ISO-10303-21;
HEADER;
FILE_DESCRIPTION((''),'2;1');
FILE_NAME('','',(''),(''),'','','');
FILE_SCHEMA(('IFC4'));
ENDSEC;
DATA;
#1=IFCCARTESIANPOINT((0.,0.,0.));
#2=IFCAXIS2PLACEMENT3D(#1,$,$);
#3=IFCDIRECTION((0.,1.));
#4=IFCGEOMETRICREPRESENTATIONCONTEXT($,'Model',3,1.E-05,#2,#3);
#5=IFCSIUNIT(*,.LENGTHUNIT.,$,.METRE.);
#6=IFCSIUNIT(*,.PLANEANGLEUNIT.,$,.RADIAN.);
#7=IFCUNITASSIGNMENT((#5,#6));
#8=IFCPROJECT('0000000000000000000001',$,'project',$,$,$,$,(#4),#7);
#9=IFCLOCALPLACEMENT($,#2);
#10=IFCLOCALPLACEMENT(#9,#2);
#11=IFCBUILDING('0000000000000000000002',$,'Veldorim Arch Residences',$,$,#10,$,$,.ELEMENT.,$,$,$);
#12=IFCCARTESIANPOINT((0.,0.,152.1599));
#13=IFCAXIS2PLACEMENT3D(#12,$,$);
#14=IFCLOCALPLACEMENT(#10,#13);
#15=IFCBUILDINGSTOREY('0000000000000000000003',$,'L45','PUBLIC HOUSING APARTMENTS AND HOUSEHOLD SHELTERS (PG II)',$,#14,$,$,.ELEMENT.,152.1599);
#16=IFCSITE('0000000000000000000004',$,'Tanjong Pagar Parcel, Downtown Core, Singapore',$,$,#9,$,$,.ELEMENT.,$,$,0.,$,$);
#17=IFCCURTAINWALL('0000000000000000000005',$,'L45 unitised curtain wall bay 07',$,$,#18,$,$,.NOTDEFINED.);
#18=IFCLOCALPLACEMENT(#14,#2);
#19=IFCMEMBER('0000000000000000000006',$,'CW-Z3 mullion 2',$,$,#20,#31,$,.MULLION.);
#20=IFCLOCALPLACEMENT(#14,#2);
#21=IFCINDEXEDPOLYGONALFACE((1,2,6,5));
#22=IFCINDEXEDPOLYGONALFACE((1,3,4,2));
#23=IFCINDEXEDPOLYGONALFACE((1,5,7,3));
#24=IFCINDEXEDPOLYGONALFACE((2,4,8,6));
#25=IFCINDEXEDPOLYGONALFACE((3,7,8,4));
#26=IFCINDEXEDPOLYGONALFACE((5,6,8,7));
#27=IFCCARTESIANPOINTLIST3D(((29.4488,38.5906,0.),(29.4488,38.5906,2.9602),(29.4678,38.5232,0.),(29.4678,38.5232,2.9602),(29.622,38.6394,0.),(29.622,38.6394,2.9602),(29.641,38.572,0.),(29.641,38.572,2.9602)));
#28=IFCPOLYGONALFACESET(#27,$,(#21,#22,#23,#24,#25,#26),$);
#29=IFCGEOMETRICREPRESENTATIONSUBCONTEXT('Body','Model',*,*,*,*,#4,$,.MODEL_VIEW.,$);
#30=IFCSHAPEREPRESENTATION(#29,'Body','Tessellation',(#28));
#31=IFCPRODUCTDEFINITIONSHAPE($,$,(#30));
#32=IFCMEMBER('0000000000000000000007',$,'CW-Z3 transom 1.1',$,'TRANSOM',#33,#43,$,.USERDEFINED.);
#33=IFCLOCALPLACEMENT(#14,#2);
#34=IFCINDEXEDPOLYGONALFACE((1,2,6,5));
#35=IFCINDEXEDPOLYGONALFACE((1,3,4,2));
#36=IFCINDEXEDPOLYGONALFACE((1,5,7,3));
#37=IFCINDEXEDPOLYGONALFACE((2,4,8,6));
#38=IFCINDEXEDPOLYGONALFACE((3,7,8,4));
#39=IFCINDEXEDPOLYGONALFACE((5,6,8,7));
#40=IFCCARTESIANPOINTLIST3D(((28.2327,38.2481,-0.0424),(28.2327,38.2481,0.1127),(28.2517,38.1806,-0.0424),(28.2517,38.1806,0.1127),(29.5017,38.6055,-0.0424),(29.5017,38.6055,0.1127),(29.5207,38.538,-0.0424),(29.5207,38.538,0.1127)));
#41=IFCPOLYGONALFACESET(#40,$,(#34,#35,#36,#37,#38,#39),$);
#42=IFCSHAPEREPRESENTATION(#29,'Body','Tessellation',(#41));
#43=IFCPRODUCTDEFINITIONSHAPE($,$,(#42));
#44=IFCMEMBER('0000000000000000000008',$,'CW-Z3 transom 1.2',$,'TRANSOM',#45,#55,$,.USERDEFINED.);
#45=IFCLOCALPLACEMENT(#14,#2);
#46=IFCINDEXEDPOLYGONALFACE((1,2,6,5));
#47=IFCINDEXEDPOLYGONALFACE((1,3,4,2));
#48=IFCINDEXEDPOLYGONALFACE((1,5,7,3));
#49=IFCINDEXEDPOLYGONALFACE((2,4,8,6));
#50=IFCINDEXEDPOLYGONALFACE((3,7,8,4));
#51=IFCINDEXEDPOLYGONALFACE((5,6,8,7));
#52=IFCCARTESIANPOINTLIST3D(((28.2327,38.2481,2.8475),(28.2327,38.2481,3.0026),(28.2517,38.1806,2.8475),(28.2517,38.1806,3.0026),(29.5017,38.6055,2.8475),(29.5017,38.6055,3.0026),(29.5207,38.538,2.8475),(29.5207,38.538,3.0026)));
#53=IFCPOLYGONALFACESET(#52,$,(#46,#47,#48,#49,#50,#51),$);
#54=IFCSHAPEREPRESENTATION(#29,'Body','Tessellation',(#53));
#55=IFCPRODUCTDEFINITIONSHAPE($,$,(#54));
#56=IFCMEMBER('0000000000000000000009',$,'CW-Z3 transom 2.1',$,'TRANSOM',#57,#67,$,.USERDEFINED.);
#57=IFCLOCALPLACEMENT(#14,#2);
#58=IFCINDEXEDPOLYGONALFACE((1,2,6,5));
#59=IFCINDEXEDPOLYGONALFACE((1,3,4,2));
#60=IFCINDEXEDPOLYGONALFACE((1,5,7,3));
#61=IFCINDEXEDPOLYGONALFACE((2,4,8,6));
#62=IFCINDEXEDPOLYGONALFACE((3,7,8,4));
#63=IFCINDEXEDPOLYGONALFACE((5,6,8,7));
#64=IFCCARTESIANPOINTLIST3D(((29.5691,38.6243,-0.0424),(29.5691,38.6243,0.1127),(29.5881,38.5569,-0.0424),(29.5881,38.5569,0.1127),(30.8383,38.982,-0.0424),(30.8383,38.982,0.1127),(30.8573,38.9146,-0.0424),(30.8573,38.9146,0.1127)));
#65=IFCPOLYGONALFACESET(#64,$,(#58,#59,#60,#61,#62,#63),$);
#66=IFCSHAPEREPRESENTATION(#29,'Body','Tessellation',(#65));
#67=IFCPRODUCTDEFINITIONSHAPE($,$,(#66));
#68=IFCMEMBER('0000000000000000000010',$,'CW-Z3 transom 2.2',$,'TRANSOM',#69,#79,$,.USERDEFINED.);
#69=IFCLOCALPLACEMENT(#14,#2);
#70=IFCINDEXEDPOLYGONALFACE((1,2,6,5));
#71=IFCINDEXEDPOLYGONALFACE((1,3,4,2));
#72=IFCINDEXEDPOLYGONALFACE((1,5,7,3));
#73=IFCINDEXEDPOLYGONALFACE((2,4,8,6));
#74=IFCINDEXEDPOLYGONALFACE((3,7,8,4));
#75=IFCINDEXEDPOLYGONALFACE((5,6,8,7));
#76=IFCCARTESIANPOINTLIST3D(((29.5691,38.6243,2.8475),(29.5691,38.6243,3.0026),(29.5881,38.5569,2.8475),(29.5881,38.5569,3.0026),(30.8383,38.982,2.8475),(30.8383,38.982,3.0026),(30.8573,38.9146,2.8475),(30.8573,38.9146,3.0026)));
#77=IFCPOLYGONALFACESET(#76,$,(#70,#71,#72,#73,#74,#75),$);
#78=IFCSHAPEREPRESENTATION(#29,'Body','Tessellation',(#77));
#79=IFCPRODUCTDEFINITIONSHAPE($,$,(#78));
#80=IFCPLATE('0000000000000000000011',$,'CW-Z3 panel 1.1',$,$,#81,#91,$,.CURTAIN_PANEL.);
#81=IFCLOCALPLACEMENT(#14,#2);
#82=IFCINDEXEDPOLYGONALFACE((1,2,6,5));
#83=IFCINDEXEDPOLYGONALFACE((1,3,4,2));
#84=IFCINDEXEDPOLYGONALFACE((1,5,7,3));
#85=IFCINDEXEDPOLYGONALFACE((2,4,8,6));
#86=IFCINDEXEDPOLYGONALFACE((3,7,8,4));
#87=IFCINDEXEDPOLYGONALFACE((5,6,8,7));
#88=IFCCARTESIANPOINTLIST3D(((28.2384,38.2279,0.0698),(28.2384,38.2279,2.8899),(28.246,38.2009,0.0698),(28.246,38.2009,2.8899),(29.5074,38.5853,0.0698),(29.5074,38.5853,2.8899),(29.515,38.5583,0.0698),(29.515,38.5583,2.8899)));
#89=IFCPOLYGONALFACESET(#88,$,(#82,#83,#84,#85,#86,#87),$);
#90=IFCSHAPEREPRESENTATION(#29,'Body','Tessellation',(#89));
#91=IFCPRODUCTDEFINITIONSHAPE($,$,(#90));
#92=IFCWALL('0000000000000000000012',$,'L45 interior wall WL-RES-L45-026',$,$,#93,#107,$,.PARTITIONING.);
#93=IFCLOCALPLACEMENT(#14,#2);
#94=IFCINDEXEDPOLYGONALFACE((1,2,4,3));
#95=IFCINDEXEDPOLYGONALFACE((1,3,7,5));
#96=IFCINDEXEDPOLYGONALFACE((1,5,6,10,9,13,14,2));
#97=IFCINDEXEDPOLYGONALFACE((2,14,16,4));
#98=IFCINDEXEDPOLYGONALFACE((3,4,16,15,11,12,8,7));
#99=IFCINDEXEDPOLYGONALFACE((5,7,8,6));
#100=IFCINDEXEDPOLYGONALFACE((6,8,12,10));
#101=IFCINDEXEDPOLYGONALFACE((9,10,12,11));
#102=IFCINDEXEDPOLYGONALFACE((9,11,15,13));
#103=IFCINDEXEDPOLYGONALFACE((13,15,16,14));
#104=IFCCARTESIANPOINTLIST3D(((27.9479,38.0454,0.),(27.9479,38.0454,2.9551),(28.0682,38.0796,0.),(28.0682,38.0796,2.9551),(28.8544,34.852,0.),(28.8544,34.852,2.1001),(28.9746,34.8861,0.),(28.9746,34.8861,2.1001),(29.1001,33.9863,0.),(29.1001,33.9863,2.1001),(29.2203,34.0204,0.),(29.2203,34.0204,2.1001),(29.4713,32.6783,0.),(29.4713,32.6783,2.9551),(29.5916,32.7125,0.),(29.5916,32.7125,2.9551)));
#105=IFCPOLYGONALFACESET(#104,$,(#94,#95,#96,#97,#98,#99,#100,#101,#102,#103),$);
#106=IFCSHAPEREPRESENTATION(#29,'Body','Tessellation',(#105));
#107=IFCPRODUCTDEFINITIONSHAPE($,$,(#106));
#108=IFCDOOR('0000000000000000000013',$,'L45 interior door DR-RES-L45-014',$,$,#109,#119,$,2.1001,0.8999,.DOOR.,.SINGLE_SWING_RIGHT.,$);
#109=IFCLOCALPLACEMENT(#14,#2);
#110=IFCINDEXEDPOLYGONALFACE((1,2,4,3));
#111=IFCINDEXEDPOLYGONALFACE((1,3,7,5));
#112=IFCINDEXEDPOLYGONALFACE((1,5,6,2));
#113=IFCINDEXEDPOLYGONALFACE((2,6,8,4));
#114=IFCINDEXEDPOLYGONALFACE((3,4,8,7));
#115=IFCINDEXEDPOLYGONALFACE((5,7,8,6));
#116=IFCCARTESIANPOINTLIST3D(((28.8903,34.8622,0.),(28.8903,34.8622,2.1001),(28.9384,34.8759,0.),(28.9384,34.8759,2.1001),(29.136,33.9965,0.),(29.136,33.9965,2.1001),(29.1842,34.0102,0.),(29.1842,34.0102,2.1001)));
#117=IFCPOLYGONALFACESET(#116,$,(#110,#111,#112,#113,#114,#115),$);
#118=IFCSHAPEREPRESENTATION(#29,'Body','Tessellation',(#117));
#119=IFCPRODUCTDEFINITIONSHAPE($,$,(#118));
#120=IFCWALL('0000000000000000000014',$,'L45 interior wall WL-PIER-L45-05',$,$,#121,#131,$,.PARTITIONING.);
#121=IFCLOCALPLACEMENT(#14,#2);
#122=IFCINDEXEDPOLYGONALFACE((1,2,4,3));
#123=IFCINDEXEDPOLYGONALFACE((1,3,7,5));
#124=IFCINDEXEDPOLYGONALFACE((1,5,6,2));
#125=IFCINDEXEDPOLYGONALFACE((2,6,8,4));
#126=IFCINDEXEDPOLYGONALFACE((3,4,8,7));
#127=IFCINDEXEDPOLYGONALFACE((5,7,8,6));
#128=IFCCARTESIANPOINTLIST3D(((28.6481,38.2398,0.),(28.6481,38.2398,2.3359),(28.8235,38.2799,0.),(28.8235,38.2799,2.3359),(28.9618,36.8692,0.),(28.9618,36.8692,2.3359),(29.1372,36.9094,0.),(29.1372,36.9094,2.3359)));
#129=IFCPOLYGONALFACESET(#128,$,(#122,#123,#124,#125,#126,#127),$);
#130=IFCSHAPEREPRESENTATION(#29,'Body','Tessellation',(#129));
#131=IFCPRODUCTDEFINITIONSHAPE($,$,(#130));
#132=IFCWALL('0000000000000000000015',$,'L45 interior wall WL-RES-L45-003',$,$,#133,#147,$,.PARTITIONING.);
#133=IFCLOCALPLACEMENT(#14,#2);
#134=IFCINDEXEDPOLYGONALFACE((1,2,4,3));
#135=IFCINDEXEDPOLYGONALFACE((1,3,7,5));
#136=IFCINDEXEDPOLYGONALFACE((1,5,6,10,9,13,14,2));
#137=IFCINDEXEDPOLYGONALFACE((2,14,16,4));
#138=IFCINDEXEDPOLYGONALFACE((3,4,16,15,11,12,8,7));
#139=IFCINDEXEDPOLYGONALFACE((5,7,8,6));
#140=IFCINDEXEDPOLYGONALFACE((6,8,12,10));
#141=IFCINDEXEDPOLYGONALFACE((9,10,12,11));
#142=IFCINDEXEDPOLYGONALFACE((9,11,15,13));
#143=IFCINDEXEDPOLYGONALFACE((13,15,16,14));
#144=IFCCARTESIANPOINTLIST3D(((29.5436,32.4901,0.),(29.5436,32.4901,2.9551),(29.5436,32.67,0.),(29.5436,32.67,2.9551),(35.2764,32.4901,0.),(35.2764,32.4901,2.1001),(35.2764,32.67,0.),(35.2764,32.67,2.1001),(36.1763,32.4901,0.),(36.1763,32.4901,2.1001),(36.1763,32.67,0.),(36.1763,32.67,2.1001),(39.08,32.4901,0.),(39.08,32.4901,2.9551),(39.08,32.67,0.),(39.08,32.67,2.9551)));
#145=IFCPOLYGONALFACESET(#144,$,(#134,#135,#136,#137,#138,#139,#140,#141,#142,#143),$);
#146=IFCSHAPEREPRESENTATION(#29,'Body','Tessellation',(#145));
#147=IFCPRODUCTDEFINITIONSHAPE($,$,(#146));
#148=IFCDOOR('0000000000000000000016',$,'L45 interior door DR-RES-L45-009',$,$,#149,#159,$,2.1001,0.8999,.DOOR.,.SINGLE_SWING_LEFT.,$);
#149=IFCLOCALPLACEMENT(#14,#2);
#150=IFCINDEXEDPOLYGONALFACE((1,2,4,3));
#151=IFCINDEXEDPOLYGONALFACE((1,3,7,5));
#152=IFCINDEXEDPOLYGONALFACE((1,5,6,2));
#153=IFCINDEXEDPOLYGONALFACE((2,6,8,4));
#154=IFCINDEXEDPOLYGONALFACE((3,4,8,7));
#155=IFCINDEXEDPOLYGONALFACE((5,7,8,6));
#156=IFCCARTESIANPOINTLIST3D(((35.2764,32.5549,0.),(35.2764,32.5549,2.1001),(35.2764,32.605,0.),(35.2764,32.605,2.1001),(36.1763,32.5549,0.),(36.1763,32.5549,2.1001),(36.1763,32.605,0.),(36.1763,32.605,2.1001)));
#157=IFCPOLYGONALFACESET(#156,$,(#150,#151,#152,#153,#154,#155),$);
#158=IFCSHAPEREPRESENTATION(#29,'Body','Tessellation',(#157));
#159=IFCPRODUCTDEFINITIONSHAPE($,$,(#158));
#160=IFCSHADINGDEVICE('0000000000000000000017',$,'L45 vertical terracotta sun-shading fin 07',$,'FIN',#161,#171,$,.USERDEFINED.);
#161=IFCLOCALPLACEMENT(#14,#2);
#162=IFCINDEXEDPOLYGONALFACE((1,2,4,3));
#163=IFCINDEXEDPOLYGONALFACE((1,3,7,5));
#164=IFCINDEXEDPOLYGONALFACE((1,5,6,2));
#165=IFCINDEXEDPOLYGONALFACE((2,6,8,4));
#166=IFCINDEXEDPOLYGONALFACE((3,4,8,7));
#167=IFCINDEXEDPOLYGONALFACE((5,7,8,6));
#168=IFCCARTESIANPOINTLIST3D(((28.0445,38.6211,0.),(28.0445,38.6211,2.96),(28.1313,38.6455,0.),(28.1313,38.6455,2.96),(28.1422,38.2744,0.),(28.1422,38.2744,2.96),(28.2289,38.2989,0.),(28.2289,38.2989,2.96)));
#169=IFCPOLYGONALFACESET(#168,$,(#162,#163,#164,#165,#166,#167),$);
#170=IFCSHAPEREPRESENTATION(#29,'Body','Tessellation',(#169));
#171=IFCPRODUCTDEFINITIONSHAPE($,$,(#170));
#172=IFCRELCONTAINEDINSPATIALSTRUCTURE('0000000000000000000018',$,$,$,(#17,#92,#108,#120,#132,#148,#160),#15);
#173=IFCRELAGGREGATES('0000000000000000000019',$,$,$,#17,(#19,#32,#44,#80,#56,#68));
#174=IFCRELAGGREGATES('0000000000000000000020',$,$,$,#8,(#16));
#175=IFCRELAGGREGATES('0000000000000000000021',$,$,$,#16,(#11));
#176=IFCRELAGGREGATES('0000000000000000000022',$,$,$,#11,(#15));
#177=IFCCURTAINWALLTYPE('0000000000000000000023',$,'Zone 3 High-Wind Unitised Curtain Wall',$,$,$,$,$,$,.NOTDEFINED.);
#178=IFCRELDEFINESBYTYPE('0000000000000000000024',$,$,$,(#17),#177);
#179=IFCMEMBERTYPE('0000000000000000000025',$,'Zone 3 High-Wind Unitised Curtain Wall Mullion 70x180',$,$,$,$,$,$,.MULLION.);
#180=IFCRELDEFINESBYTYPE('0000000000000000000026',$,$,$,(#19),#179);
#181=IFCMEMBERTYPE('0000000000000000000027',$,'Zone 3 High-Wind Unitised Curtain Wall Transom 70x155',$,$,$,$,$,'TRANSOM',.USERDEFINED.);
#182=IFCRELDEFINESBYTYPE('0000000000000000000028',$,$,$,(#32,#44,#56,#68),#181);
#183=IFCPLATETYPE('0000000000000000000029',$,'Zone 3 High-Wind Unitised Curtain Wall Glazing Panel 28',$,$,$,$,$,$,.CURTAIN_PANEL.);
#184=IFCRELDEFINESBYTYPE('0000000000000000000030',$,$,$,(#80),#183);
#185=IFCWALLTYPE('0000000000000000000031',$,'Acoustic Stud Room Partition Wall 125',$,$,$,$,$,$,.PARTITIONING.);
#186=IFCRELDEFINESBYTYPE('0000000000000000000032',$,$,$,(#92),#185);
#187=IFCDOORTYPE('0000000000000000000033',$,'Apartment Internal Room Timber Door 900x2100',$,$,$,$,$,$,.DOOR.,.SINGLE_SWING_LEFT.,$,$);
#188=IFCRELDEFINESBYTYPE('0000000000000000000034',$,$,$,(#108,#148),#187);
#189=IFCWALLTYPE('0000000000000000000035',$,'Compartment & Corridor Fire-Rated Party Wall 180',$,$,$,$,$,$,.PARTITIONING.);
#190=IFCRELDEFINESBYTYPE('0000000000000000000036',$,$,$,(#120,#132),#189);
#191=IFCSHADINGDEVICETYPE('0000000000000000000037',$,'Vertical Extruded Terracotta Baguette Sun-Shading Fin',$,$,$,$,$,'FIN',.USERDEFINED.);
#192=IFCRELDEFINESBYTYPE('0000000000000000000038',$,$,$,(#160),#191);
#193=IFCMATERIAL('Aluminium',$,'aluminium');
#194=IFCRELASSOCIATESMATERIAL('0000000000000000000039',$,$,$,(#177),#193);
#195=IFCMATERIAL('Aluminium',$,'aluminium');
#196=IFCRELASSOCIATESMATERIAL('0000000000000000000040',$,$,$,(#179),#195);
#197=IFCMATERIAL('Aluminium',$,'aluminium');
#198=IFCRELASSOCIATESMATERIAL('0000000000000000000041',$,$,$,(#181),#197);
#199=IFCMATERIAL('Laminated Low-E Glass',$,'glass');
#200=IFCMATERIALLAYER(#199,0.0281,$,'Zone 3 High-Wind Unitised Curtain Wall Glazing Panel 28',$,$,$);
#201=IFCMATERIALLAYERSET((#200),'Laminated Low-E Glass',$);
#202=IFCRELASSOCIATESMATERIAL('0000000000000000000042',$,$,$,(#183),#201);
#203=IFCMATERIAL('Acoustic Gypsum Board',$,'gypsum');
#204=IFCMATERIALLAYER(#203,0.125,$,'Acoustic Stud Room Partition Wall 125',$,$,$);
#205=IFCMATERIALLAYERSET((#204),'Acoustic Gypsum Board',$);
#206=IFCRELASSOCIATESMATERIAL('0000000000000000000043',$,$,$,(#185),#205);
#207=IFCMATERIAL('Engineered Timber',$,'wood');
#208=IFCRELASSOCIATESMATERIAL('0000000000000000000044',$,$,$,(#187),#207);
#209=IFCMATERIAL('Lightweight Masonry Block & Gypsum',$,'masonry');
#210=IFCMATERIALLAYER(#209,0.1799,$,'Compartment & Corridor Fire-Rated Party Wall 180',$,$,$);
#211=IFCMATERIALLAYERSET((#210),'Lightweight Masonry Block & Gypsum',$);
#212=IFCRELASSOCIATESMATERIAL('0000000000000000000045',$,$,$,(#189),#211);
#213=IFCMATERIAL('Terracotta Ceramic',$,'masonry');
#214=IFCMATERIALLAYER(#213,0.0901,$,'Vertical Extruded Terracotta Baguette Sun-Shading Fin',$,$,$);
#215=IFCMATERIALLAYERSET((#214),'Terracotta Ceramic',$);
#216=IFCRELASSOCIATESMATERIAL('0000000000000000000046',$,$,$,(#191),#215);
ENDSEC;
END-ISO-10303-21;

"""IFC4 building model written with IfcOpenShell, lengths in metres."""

from ifc_helpers import new_model, si_unit, direction, frame, frame_2d, origin, origin_2d, place, context, subcontext, project, spatial, rectangle, extrude, material, layer, layer_set, material_profile, profile_set, type_object, element, fill, aggregate, save


model = new_model("IFC4")

# Units and contexts
model_context = context("Model", 3, precision=1e-05, world=origin(), true_north=direction((0.0, 1.0)))
body_context = subcontext(model_context, "Body", "Model", "MODEL_VIEW")
ifc_project = project(units=[si_unit("LENGTHUNIT", "METRE"), si_unit("PLANEANGLEUNIT", "RADIAN")], contexts=[model_context])

# Site, building, storey
site_placement = place(None, origin())
site = spatial("IfcSite", under=ifc_project, at=site_placement, Name="Tanjong Pagar Parcel, Downtown Core, Singapore", CompositionType="ELEMENT", RefElevation=0.0)
building_placement = place(site_placement, origin())
building = spatial("IfcBuilding", under=site, at=building_placement, Name="Veldorim Arch Residences", CompositionType="ELEMENT")
storey_placement = place(building_placement, frame((0.0, 0.0, 152.1599)))
storey = spatial("IfcBuildingStorey", under=building, at=storey_placement, Name="L45", Description="PUBLIC HOUSING APARTMENTS AND HOUSEHOLD SHELTERS (PG II)", CompositionType="ELEMENT", Elevation=152.1599)

# Curtain wall, members, plate
ifc_material_1 = material(Name="Aluminium", Category="aluminium")
curtain_wall_type = type_object("IfcCurtainWallType", Name="Zone 3 High-Wind Unitised Curtain Wall", PredefinedType="NOTDEFINED", material=ifc_material_1)
curtain_wall_placement = place(storey_placement, origin())
curtain_wall = element("IfcCurtainWall", 1, at=curtain_wall_placement, inside=storey, type_object=curtain_wall_type, Name="L45 unitised curtain wall bay 07", PredefinedType="NOTDEFINED")
ifc_material_2 = material(Name="Aluminium", Category="aluminium")
ifc_material_profile_1 = material_profile(ifc_material_2, rectangle(XDim=0.0701, YDim=0.1799, at=origin_2d()), Name="ALU_MUL_70x180")
ifc_profile_set_1 = profile_set([ifc_material_profile_1], Name="Aluminium")
member_type_1 = type_object("IfcMemberType", Name="Zone 3 High-Wind Unitised Curtain Wall Mullion 70x180", PredefinedType="MULLION", material=ifc_profile_set_1)
member_1_placement = place(storey_placement, frame((29.5449, 38.5813, 0.0), z_axis=(0.0, 0.0, 1.0), x_axis=(-0.271101, 0.962551, 0.0)))
member_1 = element("IfcMember", 2, at=member_1_placement, type_object=member_type_1, Name="CW-Z3 mullion 2", PredefinedType="MULLION", context=body_context, shape_type="SweptSolid", body=[
    extrude(rectangle(XDim=0.0701, YDim=0.1799, at=origin_2d()), origin(), (0.0, 0.0, 1.0), 2.9602),
])
ifc_material_3 = material(Name="Aluminium", Category="aluminium")
ifc_material_profile_2 = material_profile(ifc_material_3, rectangle(XDim=0.0701, YDim=0.155, at=origin_2d()), Name="ALU_TRN_70x155")
ifc_profile_set_2 = profile_set([ifc_material_profile_2], Name="Aluminium")
member_type_2 = type_object("IfcMemberType", Name="Zone 3 High-Wind Unitised Curtain Wall Transom 70x155", ElementType="TRANSOM", PredefinedType="USERDEFINED", material=ifc_profile_set_2)
member_2_placement = place(storey_placement, frame((28.2422, 38.2144, 0.0352), z_axis=(0.962551, 0.271099, 0.0), x_axis=(-0.271099, 0.962551, 0.0)))
member_2 = element("IfcMember", 3, at=member_2_placement, type_object=member_type_2, Name="CW-Z3 transom 1.1", ObjectType="TRANSOM", PredefinedType="USERDEFINED", context=body_context, shape_type="SweptSolid", body=[
    extrude(rectangle(XDim=0.0701, YDim=0.155, at=origin_2d()), origin(), (0.0, 0.0, 1.0), 1.3184),
])
member_3_placement = place(storey_placement, frame((28.2422, 38.2144, 2.925), z_axis=(0.962551, 0.271099, 0.0), x_axis=(-0.271099, 0.962551, 0.0)))
member_3 = element("IfcMember", 4, at=member_3_placement, type_object=member_type_2, Name="CW-Z3 transom 1.2", ObjectType="TRANSOM", PredefinedType="USERDEFINED", context=body_context, shape_type="SweptSolid", body=[
    extrude(rectangle(XDim=0.0701, YDim=0.155, at=origin_2d()), origin(), (0.0, 0.0, 1.0), 1.3184),
])
member_4_placement = place(storey_placement, frame((29.5786, 38.5906, 0.0352), z_axis=(0.962503, 0.271271, 0.0), x_axis=(-0.271271, 0.962503, 0.0)))
member_4 = element("IfcMember", 5, at=member_4_placement, type_object=member_type_2, Name="CW-Z3 transom 2.1", ObjectType="TRANSOM", PredefinedType="USERDEFINED", context=body_context, shape_type="SweptSolid", body=[
    extrude(rectangle(XDim=0.0701, YDim=0.155, at=origin_2d()), origin(), (0.0, 0.0, 1.0), 1.3186),
])
member_5_placement = place(storey_placement, frame((29.5786, 38.5906, 2.925), z_axis=(0.962503, 0.271271, 0.0), x_axis=(-0.271271, 0.962503, 0.0)))
member_5 = element("IfcMember", 6, at=member_5_placement, type_object=member_type_2, Name="CW-Z3 transom 2.2", ObjectType="TRANSOM", PredefinedType="USERDEFINED", context=body_context, shape_type="SweptSolid", body=[
    extrude(rectangle(XDim=0.0701, YDim=0.155, at=origin_2d()), origin(), (0.0, 0.0, 1.0), 1.3186),
])
ifc_material_4 = material(Name="Laminated Low-E Glass", Category="glass")
ifc_layer_1 = layer(ifc_material_4, 0.0281, Name="Zone 3 High-Wind Unitised Curtain Wall Glazing Panel 28")
ifc_layer_set_1 = layer_set([ifc_layer_1], Name="Laminated Low-E Glass")
plate_type = type_object("IfcPlateType", Name="Zone 3 High-Wind Unitised Curtain Wall Glazing Panel 28", PredefinedType="CURTAIN_PANEL", material=ifc_layer_set_1)
plate_placement = place(storey_placement, frame((28.8767, 38.3931, 0.0698), z_axis=(0.0, 0.0, 1.0), x_axis=(0.962551, 0.271101, 0.0)))
plate = element("IfcPlate", 7, at=plate_placement, type_object=plate_type, Name="CW-Z3 panel 1.1", PredefinedType="CURTAIN_PANEL", context=body_context, shape_type="SweptSolid", body=[
    extrude(rectangle(XDim=1.3184, YDim=0.0281, at=origin_2d()), origin(), (0.0, 0.0, 1.0), 2.8201),
])
aggregate(curtain_wall, [member_1, member_2, member_3, plate, member_4, member_5])

# Wall, opening, door
ifc_material_5 = material(Name="Acoustic Gypsum Board", Category="gypsum")
ifc_layer_2 = layer(ifc_material_5, 0.125, Name="Acoustic Stud Room Partition Wall 125")
ifc_layer_set_2 = layer_set([ifc_layer_2], Name="Acoustic Gypsum Board")
wall_type_1 = type_object("IfcWallType", Name="Acoustic Stud Room Partition Wall 125", PredefinedType="PARTITIONING", material=ifc_layer_set_2)
wall_1_placement = place(storey_placement, frame((28.0081, 38.0625, 0.0), z_axis=(0.0, 0.0, 1.0), x_axis=(0.273056, -0.961998, 0.0)))
wall_1 = element("IfcWall", 8, at=wall_1_placement, inside=storey, type_object=wall_type_1, Name="L45 interior wall WL-RES-L45-026", PredefinedType="PARTITIONING", context=body_context, shape_type="SweptSolid", body=[
    extrude(rectangle(XDim=5.5791, YDim=0.125, at=frame_2d((2.7896, 0.0))), origin(), (0.0, 0.0, 1.0), 2.9551),
])
opening_1_placement = place(wall_1_placement, frame((3.3196, 0.0, 0.0)))
opening_1 = element("IfcOpeningElement", 9, at=opening_1_placement, cuts=wall_1, PredefinedType="OPENING", context=body_context, shape_type="SweptSolid", body=[
    extrude(rectangle(XDim=0.8999, YDim=2.1001, at=frame_2d((0.45, 1.05))), frame((0.0, 0.0725, 0.0), z_axis=(0.0, -1.0, 0.0), x_axis=(1.0, 0.0, 0.0)), (0.0, 0.0, 1.0), 0.145),
])
ifc_material_6 = material(Name="Engineered Timber", Category="wood")
door_type = type_object("IfcDoorType", Name="Apartment Internal Room Timber Door 900x2100", OperationType="SINGLE_SWING_LEFT", PredefinedType="DOOR", material=ifc_material_6)
door_1_placement = place(opening_1_placement, origin())
door_1 = element("IfcDoor", 10, at=door_1_placement, inside=storey, type_object=door_type, Name="L45 interior door DR-RES-L45-014", OperationType="SINGLE_SWING_RIGHT", OverallHeight=2.1001, OverallWidth=0.8999, PredefinedType="DOOR", context=body_context, shape_type="SweptSolid", body=[
    extrude(rectangle(XDim=0.8999, YDim=2.1001, at=frame_2d((0.45, 1.05))), frame((0.0, 0.0249, 0.0), z_axis=(0.0, -1.0, 0.0), x_axis=(1.0, 0.0, 0.0)), (0.0, 0.0, 1.0), 0.05),
])
fill(opening_1, door_1)

# Wall
ifc_material_7 = material(Name="Lightweight Masonry Block & Gypsum", Category="masonry")
ifc_layer_3 = layer(ifc_material_7, 0.1799, Name="Compartment & Corridor Fire-Rated Party Wall 180")
ifc_layer_set_3 = layer_set([ifc_layer_3], Name="Lightweight Masonry Block & Gypsum")
wall_type_2 = type_object("IfcWallType", Name="Compartment & Corridor Fire-Rated Party Wall 180", PredefinedType="PARTITIONING", material=ifc_layer_set_3)
wall_2_placement = place(storey_placement, frame((29.0496, 36.8892, 0.0), z_axis=(0.0, 0.0, 1.0), x_axis=(-0.223122, 0.974791, 0.0)))
element("IfcWall", 11, at=wall_2_placement, inside=storey, type_object=wall_type_2, Name="L45 interior wall WL-PIER-L45-05", PredefinedType="PARTITIONING", context=body_context, shape_type="SweptSolid", body=[
    extrude(rectangle(XDim=1.406, YDim=0.1799, at=frame_2d((0.7031, 0.0))), origin(), (0.0, 0.0, 1.0), 2.3359),
])

# Wall, opening, door
wall_3_placement = place(storey_placement, frame((29.5437, 32.5801, 0.0), z_axis=(0.0, 0.0, 1.0), x_axis=(1.0, 0.0, 0.0)))
wall_3 = element("IfcWall", 12, at=wall_3_placement, inside=storey, type_object=wall_type_2, Name="L45 interior wall WL-RES-L45-003", PredefinedType="PARTITIONING", context=body_context, shape_type="SweptSolid", body=[
    extrude(rectangle(XDim=9.5364, YDim=0.1799, at=frame_2d((4.7681, 0.0))), origin(), (0.0, 0.0, 1.0), 2.9551),
])
opening_2_placement = place(wall_3_placement, frame((5.7327, 0.0, 0.0)))
opening_2 = element("IfcOpeningElement", 13, at=opening_2_placement, cuts=wall_3, PredefinedType="OPENING", context=body_context, shape_type="SweptSolid", body=[
    extrude(rectangle(XDim=0.8999, YDim=2.1001, at=frame_2d((0.45, 1.05))), frame((0.0, 0.0999, 0.0), z_axis=(0.0, -1.0, 0.0), x_axis=(1.0, 0.0, 0.0)), (0.0, 0.0, 1.0), 0.2),
])
door_2_placement = place(opening_2_placement, origin())
door_2 = element("IfcDoor", 14, at=door_2_placement, inside=storey, type_object=door_type, Name="L45 interior door DR-RES-L45-009", OperationType="SINGLE_SWING_LEFT", OverallHeight=2.1001, OverallWidth=0.8999, PredefinedType="DOOR", context=body_context, shape_type="SweptSolid", body=[
    extrude(rectangle(XDim=0.8999, YDim=2.1001, at=frame_2d((0.45, 1.05))), frame((0.0, 0.0249, 0.0), z_axis=(0.0, -1.0, 0.0), x_axis=(1.0, 0.0, 0.0)), (0.0, 0.0, 1.0), 0.05),
])
fill(opening_2, door_2)

# Shading device
ifc_material_8 = material(Name="Terracotta Ceramic", Category="masonry")
ifc_layer_4 = layer(ifc_material_8, 0.0901, Name="Vertical Extruded Terracotta Baguette Sun-Shading Fin")
ifc_layer_set_4 = layer_set([ifc_layer_4], Name="Terracotta Ceramic")
shading_device_type = type_object("IfcShadingDeviceType", Name="Vertical Extruded Terracotta Baguette Sun-Shading Fin", ElementType="FIN", PredefinedType="USERDEFINED", material=ifc_layer_set_4)
shading_device_placement = place(storey_placement, frame((28.1367, 38.46, 0.0), z_axis=(0.0, 0.0, 1.0), x_axis=(0.96255, 0.271104, 0.0)))
element("IfcShadingDevice", 15, at=shading_device_placement, inside=storey, type_object=shading_device_type, Name="L45 vertical terracotta sun-shading fin 07", ObjectType="FIN", PredefinedType="USERDEFINED", context=body_context, shape_type="SweptSolid", body=[
    extrude(rectangle(XDim=0.0901, YDim=0.3601, at=origin_2d()), origin(), (0.0, 0.0, 1.0), 2.96),
])

save(model, "model.ifc")
